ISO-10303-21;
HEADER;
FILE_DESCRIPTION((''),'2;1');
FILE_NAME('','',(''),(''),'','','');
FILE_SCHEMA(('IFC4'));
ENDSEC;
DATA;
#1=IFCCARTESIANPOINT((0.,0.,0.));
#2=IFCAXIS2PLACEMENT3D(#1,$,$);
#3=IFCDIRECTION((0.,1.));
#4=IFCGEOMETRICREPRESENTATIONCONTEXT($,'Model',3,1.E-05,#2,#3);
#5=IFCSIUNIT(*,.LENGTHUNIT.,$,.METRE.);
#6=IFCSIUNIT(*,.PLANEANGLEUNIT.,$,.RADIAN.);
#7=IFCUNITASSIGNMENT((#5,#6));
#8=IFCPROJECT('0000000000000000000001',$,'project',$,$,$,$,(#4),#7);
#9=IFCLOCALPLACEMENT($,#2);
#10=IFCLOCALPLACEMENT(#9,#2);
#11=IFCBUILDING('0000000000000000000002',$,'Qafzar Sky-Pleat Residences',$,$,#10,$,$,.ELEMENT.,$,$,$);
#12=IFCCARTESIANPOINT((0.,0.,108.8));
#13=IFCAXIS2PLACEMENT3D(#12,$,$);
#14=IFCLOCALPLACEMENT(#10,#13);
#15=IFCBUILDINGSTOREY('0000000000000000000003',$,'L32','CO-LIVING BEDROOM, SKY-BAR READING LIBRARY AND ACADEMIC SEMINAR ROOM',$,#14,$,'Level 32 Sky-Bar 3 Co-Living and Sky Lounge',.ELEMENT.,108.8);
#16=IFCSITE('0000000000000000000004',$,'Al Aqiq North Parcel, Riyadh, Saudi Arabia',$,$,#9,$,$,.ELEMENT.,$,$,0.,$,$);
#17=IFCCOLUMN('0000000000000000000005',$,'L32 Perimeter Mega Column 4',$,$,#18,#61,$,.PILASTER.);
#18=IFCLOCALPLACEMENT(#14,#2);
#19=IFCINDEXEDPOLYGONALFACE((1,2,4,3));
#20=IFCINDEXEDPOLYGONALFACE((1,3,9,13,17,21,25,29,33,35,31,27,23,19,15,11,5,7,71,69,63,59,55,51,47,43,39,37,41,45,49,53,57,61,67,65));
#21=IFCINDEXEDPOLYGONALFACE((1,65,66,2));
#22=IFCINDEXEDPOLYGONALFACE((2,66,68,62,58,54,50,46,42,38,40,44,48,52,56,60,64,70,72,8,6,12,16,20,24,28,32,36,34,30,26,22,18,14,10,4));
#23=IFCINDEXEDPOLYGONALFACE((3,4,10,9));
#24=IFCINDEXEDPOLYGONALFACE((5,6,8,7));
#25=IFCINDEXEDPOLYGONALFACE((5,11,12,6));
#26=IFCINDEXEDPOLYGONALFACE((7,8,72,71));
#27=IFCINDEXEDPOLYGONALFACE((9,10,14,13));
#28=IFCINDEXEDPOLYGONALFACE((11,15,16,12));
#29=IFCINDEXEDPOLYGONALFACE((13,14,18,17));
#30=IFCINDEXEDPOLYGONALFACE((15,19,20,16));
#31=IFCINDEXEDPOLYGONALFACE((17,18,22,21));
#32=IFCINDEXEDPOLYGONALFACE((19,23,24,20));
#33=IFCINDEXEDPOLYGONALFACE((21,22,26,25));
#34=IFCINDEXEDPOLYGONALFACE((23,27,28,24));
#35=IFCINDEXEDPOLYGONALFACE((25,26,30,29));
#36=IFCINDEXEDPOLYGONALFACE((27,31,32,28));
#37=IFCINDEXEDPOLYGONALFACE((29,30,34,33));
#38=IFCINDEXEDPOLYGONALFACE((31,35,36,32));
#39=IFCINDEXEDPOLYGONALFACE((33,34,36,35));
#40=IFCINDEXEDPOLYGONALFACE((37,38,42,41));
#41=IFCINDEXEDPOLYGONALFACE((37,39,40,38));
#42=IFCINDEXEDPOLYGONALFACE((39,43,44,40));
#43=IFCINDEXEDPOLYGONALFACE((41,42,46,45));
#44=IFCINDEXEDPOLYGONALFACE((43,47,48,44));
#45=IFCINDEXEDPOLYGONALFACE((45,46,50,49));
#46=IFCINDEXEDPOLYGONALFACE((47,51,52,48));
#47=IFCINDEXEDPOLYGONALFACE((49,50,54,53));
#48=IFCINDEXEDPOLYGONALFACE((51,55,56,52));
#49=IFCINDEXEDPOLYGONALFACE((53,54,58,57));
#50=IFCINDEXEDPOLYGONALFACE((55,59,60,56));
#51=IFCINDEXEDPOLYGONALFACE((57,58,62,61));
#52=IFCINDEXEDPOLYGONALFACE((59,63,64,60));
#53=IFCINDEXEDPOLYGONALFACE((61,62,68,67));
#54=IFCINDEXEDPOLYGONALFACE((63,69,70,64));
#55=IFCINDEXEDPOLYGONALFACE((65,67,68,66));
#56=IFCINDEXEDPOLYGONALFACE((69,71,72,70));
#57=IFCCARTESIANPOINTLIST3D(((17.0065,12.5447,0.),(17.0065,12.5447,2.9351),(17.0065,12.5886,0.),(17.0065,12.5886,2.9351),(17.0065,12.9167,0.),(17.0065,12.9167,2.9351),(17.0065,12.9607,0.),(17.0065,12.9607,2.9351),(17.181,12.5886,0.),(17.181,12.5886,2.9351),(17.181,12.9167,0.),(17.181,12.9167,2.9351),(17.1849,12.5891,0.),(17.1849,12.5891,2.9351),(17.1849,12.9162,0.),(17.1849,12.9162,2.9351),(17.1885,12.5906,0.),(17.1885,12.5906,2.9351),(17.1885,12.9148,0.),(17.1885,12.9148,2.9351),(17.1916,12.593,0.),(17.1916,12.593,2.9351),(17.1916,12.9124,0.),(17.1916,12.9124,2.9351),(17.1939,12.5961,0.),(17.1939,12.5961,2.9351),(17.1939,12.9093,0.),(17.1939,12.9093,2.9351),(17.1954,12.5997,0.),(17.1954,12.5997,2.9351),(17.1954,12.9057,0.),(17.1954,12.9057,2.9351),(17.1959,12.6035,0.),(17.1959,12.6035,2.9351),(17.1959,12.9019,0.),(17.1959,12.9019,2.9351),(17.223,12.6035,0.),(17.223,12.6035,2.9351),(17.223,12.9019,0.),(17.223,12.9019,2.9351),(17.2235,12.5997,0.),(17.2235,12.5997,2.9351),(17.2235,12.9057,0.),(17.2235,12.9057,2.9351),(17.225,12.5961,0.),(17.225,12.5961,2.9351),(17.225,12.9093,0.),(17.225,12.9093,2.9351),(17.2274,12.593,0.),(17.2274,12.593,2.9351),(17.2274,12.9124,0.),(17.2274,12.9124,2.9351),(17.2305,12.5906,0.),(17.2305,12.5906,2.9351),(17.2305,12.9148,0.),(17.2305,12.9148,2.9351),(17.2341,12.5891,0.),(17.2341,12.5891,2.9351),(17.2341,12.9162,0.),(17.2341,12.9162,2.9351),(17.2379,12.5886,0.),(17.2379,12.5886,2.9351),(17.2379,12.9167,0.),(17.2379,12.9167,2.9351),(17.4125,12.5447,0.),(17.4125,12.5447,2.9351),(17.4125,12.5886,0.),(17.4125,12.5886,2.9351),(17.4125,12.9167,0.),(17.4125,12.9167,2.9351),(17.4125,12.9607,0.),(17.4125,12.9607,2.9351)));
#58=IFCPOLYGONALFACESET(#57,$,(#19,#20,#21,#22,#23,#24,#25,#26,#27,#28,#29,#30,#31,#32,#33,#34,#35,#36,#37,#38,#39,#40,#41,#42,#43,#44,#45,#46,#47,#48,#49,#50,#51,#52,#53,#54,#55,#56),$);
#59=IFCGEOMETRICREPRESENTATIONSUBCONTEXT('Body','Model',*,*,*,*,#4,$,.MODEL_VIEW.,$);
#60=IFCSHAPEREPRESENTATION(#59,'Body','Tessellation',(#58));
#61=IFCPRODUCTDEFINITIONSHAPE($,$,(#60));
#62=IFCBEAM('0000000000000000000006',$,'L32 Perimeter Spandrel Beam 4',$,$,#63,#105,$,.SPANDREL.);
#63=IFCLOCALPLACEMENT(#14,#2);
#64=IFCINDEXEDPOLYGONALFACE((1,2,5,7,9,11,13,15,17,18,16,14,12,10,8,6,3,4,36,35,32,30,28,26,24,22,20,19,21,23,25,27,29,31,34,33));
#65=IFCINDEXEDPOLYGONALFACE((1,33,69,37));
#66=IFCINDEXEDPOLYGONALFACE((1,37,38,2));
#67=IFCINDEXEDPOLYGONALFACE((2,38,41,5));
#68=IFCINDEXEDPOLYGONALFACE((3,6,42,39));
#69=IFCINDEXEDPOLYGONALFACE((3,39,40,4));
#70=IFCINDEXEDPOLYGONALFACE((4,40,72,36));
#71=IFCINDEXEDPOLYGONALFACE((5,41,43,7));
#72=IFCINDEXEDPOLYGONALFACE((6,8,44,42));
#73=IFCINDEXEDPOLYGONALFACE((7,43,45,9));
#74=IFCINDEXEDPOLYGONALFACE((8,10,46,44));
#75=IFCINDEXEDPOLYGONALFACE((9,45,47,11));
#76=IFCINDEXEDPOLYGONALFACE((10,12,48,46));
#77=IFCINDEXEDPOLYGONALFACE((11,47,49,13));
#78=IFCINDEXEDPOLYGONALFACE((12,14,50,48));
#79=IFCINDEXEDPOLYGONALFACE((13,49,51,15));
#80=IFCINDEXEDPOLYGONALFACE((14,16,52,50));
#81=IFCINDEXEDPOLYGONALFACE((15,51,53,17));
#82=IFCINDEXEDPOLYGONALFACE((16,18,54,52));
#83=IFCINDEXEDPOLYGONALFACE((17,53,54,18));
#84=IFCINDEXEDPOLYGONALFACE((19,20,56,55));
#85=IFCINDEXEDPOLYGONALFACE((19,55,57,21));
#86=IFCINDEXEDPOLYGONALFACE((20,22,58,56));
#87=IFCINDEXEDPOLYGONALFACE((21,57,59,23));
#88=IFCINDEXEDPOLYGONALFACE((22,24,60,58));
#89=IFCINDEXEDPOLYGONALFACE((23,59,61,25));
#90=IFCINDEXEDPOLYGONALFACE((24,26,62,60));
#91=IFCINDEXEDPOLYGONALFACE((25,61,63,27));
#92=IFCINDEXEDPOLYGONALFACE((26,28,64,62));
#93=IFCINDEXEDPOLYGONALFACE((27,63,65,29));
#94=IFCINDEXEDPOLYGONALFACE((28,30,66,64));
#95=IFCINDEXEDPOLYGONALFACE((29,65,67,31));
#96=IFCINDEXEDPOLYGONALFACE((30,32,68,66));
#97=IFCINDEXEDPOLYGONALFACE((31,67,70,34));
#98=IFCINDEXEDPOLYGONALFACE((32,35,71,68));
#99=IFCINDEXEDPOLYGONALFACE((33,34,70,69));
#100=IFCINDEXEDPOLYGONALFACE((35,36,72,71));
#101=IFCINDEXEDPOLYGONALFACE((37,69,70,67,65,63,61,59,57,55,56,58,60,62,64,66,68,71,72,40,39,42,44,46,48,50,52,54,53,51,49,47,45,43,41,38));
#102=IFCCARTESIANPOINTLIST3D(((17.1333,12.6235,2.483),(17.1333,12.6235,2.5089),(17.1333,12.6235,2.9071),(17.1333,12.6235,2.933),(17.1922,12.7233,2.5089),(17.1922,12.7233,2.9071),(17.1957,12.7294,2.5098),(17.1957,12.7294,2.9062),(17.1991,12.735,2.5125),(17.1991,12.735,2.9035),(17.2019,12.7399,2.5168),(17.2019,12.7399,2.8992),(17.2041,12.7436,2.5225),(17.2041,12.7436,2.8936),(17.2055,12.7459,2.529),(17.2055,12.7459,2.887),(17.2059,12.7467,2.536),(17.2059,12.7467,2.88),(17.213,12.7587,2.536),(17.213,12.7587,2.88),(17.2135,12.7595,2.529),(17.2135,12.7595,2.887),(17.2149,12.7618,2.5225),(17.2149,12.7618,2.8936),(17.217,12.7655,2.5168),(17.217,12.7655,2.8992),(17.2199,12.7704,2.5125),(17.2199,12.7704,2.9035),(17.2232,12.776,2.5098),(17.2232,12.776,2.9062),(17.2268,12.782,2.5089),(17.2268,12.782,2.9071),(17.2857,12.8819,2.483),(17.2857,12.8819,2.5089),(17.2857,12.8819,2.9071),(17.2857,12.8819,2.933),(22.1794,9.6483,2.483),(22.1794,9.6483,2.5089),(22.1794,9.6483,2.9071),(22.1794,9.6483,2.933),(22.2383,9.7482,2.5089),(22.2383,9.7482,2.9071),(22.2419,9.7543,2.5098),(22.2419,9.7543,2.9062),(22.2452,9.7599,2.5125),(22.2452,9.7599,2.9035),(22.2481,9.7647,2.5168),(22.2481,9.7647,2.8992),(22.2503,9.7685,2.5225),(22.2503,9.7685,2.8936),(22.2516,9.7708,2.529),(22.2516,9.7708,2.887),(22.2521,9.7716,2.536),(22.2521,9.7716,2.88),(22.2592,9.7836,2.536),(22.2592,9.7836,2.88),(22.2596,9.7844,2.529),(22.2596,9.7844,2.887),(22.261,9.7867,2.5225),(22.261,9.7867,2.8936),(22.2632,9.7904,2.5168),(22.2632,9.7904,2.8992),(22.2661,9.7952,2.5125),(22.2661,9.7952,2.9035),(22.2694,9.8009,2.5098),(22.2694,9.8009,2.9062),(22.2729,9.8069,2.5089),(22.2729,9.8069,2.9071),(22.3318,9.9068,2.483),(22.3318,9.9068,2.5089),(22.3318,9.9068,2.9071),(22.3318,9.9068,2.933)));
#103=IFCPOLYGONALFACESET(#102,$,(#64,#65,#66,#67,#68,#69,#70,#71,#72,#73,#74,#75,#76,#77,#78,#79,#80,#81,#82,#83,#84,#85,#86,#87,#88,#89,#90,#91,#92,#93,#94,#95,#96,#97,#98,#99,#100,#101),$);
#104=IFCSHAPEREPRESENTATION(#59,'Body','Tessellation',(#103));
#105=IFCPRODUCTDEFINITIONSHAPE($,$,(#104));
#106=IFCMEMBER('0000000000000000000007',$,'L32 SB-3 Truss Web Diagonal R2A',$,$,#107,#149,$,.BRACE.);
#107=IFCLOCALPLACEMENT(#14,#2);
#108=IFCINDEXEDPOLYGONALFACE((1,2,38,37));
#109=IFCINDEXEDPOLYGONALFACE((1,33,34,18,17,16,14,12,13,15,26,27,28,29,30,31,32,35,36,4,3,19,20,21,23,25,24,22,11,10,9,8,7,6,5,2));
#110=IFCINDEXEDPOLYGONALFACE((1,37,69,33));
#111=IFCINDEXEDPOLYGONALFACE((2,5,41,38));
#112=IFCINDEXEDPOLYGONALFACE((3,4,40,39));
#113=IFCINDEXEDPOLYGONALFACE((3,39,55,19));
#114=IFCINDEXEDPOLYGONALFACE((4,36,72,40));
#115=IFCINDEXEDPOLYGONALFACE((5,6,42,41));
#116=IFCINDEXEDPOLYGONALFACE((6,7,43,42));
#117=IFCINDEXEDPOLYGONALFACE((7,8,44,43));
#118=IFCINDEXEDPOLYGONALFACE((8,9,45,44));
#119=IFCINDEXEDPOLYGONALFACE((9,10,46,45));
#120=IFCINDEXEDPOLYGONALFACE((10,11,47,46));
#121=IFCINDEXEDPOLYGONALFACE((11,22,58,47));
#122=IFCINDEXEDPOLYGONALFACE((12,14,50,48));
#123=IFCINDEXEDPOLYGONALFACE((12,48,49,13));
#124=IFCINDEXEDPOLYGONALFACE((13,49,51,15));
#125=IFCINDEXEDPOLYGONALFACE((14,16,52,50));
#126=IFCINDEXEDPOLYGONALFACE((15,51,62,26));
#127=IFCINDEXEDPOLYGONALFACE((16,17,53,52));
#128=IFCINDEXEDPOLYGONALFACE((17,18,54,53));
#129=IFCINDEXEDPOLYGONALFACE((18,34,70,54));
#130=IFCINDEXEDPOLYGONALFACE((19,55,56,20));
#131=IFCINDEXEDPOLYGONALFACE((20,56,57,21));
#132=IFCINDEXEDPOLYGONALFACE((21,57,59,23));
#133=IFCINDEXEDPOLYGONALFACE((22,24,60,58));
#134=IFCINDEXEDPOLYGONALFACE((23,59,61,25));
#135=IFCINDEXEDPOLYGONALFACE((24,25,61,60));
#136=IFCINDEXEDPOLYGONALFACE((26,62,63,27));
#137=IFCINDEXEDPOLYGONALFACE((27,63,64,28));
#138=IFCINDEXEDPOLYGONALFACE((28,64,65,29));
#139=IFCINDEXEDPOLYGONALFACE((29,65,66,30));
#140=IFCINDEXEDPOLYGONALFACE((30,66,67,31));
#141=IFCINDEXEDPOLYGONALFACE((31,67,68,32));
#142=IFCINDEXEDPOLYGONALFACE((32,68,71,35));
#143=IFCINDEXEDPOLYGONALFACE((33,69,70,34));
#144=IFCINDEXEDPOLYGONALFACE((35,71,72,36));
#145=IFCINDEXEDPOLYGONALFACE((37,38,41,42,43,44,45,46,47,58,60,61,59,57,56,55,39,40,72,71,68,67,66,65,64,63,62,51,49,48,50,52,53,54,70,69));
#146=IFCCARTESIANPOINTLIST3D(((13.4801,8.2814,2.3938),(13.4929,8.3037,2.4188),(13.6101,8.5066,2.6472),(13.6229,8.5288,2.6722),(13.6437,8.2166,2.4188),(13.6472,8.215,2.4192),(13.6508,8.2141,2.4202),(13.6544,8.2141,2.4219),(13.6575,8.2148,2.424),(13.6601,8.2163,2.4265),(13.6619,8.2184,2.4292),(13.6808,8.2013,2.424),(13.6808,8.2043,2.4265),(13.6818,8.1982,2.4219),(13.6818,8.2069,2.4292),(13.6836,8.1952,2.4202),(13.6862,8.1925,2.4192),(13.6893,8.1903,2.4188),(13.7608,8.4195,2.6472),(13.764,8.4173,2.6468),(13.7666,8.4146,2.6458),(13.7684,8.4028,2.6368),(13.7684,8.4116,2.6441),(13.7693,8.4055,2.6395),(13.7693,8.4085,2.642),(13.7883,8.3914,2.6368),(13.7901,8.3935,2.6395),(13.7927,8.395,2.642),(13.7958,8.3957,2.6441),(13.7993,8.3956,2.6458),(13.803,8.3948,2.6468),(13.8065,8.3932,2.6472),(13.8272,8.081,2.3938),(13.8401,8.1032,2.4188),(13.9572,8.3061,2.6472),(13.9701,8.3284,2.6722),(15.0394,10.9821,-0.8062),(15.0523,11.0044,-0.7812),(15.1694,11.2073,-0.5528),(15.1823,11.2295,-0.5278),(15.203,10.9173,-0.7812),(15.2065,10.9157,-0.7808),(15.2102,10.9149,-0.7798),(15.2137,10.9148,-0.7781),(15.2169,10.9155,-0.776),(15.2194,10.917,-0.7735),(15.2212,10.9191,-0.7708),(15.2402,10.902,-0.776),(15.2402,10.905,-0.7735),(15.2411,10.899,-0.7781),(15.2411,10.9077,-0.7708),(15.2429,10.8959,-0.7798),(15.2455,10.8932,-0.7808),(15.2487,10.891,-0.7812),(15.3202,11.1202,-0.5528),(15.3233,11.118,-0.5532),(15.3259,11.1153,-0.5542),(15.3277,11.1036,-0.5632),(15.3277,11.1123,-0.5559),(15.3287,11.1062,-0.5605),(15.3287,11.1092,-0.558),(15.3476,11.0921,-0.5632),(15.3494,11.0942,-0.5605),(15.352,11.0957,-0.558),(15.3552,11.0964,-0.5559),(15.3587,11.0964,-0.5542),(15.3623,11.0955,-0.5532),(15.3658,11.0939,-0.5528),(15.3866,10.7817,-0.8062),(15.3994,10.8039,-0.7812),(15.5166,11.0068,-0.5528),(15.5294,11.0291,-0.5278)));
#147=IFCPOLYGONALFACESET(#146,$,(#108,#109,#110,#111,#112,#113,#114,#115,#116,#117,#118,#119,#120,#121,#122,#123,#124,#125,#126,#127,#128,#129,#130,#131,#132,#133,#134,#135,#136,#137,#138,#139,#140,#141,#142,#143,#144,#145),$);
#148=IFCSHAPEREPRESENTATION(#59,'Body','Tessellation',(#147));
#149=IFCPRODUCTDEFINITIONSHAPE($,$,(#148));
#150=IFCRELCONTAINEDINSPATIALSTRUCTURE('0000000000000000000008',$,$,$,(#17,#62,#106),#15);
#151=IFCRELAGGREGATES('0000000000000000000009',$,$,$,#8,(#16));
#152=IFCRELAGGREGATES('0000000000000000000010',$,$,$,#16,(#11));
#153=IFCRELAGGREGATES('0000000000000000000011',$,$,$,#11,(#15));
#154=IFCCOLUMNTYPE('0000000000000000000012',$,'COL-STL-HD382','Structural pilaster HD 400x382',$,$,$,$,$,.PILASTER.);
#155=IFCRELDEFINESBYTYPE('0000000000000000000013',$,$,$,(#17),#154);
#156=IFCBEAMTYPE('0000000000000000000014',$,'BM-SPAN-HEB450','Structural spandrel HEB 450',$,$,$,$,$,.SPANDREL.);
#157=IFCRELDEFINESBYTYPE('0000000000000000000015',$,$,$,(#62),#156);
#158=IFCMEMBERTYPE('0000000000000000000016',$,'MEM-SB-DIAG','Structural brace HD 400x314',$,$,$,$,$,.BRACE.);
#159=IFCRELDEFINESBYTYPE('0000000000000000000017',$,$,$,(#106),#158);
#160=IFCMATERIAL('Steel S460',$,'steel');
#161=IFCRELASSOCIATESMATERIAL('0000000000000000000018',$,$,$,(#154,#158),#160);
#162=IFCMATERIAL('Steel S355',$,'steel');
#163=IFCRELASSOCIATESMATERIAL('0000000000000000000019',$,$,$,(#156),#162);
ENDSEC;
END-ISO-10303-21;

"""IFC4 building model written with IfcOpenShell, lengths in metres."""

from ifc_helpers import new_model, si_unit, direction, frame, origin, origin_2d, place, context, subcontext, project, spatial, i_section, extrude, source, transform, mapped, material, material_profile, profile_set, type_object, element, save


model = new_model("IFC4")

# Units and contexts
model_context = context("Model", 3, precision=1e-05, world=origin(), true_north=direction((0.0, 1.0)))
body_context = subcontext(model_context, "Body", "Model", "MODEL_VIEW")
ifc_project = project(units=[si_unit("LENGTHUNIT", "METRE"), si_unit("PLANEANGLEUNIT", "RADIAN")], contexts=[model_context])

# Site, building, storey
site_placement = place(None, origin())
site = spatial("IfcSite", under=ifc_project, at=site_placement, Name="Al Aqiq North Parcel, Riyadh, Saudi Arabia", CompositionType="ELEMENT", RefElevation=0.0)
building_placement = place(site_placement, origin())
building = spatial("IfcBuilding", under=site, at=building_placement, Name="Qafzar Sky-Pleat Residences", CompositionType="ELEMENT")
storey_placement = place(building_placement, frame((0.0, 0.0, 108.8)))
storey = spatial("IfcBuildingStorey", under=building, at=storey_placement, Name="L32", Description="CO-LIVING BEDROOM, SKY-BAR READING LIBRARY AND ACADEMIC SEMINAR ROOM", LongName="Level 32 Sky-Bar 3 Co-Living and Sky Lounge", CompositionType="ELEMENT", Elevation=108.8)

# Column
ifc_material_1 = material(Name="Steel S460", Category="steel")
ifc_material_profile_1 = material_profile(ifc_material_1, i_section(OverallWidth=0.406, OverallDepth=0.416, WebThickness=0.0271, FlangeThickness=0.0439, FilletRadius=0.0149, at=origin_2d()), Name="HD 400x382")
ifc_profile_set_1 = profile_set([ifc_material_profile_1], Name="Steel S460")
column_type = type_object("IfcColumnType", Name="COL-STL-HD382", Description="Structural pilaster HD 400x382", PredefinedType="PILASTER", material=ifc_profile_set_1)
shared_shape_1 = source(origin(), body_context, "Body", "SweptSolid", [
    extrude(i_section(OverallWidth=0.406, OverallDepth=0.416, WebThickness=0.0271, FlangeThickness=0.0439, FilletRadius=0.0149, at=origin_2d()), origin(), (0.0, 0.0, 1.0), 2.9351),
])
column_placement = place(storey_placement, frame((17.2095, 12.7527, 0.0), z_axis=(0.0, 0.0, 1.0), x_axis=(1.0, 0.0, 0.0)))
element("IfcColumn", 1, at=column_placement, inside=storey, type_object=column_type, Name="L32 Perimeter Mega Column 4", PredefinedType="PILASTER", context=body_context, shape_type="MappedRepresentation", body=[
    mapped(shared_shape_1, transform((0.0, 0.0, 0.0), x_axis=(1.0, 0.0, 0.0), y_axis=(0.0, 1.0, 0.0), z_axis=(0.0, 0.0, 1.0), scale=1.0)),
])

# Beam
ifc_material_2 = material(Name="Steel S355", Category="steel")
ifc_material_profile_2 = material_profile(ifc_material_2, i_section(OverallWidth=0.3, OverallDepth=0.45, WebThickness=0.0139, FlangeThickness=0.0259, FilletRadius=0.0271, at=origin_2d()), Name="HEB 450")
ifc_profile_set_2 = profile_set([ifc_material_profile_2], Name="Steel S355")
beam_type_1 = type_object("IfcBeamType", Name="BM-SPAN-HEB450", Description="Structural spandrel HEB 450", PredefinedType="SPANDREL", material=ifc_profile_set_2)
shared_shape_2 = source(origin(), body_context, "Body", "SweptSolid", [
    extrude(i_section(OverallWidth=0.3, OverallDepth=0.45, WebThickness=0.0139, FlangeThickness=0.0259, FilletRadius=0.0271, at=origin_2d()), origin(), (0.0, 0.0, 1.0), 5.8579),
])
beam_placement = place(storey_placement, frame((17.2095, 12.7527, 2.708), z_axis=(0.861428, -0.50788, 0.0), x_axis=(0.50788, 0.861428, 0.0)))
element("IfcBeam", 2, at=beam_placement, inside=storey, type_object=beam_type_1, Name="L32 Perimeter Spandrel Beam 4", PredefinedType="SPANDREL", context=body_context, shape_type="MappedRepresentation", body=[
    mapped(shared_shape_2, transform((0.0, 0.0, 0.0), x_axis=(1.0, 0.0, 0.0), y_axis=(0.0, 1.0, 0.0), z_axis=(0.0, 0.0, 1.0), scale=1.0)),
])

# Member
ifc_material_profile_3 = material_profile(ifc_material_1, i_section(OverallWidth=0.4009, OverallDepth=0.3989, WebThickness=0.0229, FlangeThickness=0.0359, FilletRadius=0.0149, at=origin_2d()), Name="HD 400x314")
ifc_profile_set_3 = profile_set([ifc_material_profile_3], Name="Steel S460")
member_type = type_object("IfcMemberType", Name="MEM-SB-DIAG", Description="Structural brace HD 400x314", PredefinedType="BRACE", material=ifc_profile_set_3)
shared_shape_3 = source(origin(), body_context, "Body", "SweptSolid", [
    extrude(i_section(OverallWidth=0.4009, OverallDepth=0.3989, WebThickness=0.0229, FlangeThickness=0.0359, FilletRadius=0.0149, at=origin_2d()), origin(), (0.0, 0.0, 1.0), 4.4683),
])
for number, where, z_axis, x_axis, name in (
    (3, (15.2844, 11.0056, -0.667), (-0.348982, -0.604422, 0.71616), (0.866013, -0.500021, 0.0), "L32 SB-3 Truss Web Diagonal R2A"),
):
    element("IfcMember", number, at=place(storey_placement, frame(where, z_axis=z_axis, x_axis=x_axis)), inside=storey, type_object=member_type, Name=name, PredefinedType="BRACE", context=body_context, shape_type="MappedRepresentation", body=[
        mapped(shared_shape_3, transform((0.0, 0.0, 0.0), x_axis=(1.0, 0.0, 0.0), y_axis=(0.0, 1.0, 0.0), z_axis=(0.0, 0.0, 1.0), scale=1.0)),
    ])

save(model, "model.ifc")
